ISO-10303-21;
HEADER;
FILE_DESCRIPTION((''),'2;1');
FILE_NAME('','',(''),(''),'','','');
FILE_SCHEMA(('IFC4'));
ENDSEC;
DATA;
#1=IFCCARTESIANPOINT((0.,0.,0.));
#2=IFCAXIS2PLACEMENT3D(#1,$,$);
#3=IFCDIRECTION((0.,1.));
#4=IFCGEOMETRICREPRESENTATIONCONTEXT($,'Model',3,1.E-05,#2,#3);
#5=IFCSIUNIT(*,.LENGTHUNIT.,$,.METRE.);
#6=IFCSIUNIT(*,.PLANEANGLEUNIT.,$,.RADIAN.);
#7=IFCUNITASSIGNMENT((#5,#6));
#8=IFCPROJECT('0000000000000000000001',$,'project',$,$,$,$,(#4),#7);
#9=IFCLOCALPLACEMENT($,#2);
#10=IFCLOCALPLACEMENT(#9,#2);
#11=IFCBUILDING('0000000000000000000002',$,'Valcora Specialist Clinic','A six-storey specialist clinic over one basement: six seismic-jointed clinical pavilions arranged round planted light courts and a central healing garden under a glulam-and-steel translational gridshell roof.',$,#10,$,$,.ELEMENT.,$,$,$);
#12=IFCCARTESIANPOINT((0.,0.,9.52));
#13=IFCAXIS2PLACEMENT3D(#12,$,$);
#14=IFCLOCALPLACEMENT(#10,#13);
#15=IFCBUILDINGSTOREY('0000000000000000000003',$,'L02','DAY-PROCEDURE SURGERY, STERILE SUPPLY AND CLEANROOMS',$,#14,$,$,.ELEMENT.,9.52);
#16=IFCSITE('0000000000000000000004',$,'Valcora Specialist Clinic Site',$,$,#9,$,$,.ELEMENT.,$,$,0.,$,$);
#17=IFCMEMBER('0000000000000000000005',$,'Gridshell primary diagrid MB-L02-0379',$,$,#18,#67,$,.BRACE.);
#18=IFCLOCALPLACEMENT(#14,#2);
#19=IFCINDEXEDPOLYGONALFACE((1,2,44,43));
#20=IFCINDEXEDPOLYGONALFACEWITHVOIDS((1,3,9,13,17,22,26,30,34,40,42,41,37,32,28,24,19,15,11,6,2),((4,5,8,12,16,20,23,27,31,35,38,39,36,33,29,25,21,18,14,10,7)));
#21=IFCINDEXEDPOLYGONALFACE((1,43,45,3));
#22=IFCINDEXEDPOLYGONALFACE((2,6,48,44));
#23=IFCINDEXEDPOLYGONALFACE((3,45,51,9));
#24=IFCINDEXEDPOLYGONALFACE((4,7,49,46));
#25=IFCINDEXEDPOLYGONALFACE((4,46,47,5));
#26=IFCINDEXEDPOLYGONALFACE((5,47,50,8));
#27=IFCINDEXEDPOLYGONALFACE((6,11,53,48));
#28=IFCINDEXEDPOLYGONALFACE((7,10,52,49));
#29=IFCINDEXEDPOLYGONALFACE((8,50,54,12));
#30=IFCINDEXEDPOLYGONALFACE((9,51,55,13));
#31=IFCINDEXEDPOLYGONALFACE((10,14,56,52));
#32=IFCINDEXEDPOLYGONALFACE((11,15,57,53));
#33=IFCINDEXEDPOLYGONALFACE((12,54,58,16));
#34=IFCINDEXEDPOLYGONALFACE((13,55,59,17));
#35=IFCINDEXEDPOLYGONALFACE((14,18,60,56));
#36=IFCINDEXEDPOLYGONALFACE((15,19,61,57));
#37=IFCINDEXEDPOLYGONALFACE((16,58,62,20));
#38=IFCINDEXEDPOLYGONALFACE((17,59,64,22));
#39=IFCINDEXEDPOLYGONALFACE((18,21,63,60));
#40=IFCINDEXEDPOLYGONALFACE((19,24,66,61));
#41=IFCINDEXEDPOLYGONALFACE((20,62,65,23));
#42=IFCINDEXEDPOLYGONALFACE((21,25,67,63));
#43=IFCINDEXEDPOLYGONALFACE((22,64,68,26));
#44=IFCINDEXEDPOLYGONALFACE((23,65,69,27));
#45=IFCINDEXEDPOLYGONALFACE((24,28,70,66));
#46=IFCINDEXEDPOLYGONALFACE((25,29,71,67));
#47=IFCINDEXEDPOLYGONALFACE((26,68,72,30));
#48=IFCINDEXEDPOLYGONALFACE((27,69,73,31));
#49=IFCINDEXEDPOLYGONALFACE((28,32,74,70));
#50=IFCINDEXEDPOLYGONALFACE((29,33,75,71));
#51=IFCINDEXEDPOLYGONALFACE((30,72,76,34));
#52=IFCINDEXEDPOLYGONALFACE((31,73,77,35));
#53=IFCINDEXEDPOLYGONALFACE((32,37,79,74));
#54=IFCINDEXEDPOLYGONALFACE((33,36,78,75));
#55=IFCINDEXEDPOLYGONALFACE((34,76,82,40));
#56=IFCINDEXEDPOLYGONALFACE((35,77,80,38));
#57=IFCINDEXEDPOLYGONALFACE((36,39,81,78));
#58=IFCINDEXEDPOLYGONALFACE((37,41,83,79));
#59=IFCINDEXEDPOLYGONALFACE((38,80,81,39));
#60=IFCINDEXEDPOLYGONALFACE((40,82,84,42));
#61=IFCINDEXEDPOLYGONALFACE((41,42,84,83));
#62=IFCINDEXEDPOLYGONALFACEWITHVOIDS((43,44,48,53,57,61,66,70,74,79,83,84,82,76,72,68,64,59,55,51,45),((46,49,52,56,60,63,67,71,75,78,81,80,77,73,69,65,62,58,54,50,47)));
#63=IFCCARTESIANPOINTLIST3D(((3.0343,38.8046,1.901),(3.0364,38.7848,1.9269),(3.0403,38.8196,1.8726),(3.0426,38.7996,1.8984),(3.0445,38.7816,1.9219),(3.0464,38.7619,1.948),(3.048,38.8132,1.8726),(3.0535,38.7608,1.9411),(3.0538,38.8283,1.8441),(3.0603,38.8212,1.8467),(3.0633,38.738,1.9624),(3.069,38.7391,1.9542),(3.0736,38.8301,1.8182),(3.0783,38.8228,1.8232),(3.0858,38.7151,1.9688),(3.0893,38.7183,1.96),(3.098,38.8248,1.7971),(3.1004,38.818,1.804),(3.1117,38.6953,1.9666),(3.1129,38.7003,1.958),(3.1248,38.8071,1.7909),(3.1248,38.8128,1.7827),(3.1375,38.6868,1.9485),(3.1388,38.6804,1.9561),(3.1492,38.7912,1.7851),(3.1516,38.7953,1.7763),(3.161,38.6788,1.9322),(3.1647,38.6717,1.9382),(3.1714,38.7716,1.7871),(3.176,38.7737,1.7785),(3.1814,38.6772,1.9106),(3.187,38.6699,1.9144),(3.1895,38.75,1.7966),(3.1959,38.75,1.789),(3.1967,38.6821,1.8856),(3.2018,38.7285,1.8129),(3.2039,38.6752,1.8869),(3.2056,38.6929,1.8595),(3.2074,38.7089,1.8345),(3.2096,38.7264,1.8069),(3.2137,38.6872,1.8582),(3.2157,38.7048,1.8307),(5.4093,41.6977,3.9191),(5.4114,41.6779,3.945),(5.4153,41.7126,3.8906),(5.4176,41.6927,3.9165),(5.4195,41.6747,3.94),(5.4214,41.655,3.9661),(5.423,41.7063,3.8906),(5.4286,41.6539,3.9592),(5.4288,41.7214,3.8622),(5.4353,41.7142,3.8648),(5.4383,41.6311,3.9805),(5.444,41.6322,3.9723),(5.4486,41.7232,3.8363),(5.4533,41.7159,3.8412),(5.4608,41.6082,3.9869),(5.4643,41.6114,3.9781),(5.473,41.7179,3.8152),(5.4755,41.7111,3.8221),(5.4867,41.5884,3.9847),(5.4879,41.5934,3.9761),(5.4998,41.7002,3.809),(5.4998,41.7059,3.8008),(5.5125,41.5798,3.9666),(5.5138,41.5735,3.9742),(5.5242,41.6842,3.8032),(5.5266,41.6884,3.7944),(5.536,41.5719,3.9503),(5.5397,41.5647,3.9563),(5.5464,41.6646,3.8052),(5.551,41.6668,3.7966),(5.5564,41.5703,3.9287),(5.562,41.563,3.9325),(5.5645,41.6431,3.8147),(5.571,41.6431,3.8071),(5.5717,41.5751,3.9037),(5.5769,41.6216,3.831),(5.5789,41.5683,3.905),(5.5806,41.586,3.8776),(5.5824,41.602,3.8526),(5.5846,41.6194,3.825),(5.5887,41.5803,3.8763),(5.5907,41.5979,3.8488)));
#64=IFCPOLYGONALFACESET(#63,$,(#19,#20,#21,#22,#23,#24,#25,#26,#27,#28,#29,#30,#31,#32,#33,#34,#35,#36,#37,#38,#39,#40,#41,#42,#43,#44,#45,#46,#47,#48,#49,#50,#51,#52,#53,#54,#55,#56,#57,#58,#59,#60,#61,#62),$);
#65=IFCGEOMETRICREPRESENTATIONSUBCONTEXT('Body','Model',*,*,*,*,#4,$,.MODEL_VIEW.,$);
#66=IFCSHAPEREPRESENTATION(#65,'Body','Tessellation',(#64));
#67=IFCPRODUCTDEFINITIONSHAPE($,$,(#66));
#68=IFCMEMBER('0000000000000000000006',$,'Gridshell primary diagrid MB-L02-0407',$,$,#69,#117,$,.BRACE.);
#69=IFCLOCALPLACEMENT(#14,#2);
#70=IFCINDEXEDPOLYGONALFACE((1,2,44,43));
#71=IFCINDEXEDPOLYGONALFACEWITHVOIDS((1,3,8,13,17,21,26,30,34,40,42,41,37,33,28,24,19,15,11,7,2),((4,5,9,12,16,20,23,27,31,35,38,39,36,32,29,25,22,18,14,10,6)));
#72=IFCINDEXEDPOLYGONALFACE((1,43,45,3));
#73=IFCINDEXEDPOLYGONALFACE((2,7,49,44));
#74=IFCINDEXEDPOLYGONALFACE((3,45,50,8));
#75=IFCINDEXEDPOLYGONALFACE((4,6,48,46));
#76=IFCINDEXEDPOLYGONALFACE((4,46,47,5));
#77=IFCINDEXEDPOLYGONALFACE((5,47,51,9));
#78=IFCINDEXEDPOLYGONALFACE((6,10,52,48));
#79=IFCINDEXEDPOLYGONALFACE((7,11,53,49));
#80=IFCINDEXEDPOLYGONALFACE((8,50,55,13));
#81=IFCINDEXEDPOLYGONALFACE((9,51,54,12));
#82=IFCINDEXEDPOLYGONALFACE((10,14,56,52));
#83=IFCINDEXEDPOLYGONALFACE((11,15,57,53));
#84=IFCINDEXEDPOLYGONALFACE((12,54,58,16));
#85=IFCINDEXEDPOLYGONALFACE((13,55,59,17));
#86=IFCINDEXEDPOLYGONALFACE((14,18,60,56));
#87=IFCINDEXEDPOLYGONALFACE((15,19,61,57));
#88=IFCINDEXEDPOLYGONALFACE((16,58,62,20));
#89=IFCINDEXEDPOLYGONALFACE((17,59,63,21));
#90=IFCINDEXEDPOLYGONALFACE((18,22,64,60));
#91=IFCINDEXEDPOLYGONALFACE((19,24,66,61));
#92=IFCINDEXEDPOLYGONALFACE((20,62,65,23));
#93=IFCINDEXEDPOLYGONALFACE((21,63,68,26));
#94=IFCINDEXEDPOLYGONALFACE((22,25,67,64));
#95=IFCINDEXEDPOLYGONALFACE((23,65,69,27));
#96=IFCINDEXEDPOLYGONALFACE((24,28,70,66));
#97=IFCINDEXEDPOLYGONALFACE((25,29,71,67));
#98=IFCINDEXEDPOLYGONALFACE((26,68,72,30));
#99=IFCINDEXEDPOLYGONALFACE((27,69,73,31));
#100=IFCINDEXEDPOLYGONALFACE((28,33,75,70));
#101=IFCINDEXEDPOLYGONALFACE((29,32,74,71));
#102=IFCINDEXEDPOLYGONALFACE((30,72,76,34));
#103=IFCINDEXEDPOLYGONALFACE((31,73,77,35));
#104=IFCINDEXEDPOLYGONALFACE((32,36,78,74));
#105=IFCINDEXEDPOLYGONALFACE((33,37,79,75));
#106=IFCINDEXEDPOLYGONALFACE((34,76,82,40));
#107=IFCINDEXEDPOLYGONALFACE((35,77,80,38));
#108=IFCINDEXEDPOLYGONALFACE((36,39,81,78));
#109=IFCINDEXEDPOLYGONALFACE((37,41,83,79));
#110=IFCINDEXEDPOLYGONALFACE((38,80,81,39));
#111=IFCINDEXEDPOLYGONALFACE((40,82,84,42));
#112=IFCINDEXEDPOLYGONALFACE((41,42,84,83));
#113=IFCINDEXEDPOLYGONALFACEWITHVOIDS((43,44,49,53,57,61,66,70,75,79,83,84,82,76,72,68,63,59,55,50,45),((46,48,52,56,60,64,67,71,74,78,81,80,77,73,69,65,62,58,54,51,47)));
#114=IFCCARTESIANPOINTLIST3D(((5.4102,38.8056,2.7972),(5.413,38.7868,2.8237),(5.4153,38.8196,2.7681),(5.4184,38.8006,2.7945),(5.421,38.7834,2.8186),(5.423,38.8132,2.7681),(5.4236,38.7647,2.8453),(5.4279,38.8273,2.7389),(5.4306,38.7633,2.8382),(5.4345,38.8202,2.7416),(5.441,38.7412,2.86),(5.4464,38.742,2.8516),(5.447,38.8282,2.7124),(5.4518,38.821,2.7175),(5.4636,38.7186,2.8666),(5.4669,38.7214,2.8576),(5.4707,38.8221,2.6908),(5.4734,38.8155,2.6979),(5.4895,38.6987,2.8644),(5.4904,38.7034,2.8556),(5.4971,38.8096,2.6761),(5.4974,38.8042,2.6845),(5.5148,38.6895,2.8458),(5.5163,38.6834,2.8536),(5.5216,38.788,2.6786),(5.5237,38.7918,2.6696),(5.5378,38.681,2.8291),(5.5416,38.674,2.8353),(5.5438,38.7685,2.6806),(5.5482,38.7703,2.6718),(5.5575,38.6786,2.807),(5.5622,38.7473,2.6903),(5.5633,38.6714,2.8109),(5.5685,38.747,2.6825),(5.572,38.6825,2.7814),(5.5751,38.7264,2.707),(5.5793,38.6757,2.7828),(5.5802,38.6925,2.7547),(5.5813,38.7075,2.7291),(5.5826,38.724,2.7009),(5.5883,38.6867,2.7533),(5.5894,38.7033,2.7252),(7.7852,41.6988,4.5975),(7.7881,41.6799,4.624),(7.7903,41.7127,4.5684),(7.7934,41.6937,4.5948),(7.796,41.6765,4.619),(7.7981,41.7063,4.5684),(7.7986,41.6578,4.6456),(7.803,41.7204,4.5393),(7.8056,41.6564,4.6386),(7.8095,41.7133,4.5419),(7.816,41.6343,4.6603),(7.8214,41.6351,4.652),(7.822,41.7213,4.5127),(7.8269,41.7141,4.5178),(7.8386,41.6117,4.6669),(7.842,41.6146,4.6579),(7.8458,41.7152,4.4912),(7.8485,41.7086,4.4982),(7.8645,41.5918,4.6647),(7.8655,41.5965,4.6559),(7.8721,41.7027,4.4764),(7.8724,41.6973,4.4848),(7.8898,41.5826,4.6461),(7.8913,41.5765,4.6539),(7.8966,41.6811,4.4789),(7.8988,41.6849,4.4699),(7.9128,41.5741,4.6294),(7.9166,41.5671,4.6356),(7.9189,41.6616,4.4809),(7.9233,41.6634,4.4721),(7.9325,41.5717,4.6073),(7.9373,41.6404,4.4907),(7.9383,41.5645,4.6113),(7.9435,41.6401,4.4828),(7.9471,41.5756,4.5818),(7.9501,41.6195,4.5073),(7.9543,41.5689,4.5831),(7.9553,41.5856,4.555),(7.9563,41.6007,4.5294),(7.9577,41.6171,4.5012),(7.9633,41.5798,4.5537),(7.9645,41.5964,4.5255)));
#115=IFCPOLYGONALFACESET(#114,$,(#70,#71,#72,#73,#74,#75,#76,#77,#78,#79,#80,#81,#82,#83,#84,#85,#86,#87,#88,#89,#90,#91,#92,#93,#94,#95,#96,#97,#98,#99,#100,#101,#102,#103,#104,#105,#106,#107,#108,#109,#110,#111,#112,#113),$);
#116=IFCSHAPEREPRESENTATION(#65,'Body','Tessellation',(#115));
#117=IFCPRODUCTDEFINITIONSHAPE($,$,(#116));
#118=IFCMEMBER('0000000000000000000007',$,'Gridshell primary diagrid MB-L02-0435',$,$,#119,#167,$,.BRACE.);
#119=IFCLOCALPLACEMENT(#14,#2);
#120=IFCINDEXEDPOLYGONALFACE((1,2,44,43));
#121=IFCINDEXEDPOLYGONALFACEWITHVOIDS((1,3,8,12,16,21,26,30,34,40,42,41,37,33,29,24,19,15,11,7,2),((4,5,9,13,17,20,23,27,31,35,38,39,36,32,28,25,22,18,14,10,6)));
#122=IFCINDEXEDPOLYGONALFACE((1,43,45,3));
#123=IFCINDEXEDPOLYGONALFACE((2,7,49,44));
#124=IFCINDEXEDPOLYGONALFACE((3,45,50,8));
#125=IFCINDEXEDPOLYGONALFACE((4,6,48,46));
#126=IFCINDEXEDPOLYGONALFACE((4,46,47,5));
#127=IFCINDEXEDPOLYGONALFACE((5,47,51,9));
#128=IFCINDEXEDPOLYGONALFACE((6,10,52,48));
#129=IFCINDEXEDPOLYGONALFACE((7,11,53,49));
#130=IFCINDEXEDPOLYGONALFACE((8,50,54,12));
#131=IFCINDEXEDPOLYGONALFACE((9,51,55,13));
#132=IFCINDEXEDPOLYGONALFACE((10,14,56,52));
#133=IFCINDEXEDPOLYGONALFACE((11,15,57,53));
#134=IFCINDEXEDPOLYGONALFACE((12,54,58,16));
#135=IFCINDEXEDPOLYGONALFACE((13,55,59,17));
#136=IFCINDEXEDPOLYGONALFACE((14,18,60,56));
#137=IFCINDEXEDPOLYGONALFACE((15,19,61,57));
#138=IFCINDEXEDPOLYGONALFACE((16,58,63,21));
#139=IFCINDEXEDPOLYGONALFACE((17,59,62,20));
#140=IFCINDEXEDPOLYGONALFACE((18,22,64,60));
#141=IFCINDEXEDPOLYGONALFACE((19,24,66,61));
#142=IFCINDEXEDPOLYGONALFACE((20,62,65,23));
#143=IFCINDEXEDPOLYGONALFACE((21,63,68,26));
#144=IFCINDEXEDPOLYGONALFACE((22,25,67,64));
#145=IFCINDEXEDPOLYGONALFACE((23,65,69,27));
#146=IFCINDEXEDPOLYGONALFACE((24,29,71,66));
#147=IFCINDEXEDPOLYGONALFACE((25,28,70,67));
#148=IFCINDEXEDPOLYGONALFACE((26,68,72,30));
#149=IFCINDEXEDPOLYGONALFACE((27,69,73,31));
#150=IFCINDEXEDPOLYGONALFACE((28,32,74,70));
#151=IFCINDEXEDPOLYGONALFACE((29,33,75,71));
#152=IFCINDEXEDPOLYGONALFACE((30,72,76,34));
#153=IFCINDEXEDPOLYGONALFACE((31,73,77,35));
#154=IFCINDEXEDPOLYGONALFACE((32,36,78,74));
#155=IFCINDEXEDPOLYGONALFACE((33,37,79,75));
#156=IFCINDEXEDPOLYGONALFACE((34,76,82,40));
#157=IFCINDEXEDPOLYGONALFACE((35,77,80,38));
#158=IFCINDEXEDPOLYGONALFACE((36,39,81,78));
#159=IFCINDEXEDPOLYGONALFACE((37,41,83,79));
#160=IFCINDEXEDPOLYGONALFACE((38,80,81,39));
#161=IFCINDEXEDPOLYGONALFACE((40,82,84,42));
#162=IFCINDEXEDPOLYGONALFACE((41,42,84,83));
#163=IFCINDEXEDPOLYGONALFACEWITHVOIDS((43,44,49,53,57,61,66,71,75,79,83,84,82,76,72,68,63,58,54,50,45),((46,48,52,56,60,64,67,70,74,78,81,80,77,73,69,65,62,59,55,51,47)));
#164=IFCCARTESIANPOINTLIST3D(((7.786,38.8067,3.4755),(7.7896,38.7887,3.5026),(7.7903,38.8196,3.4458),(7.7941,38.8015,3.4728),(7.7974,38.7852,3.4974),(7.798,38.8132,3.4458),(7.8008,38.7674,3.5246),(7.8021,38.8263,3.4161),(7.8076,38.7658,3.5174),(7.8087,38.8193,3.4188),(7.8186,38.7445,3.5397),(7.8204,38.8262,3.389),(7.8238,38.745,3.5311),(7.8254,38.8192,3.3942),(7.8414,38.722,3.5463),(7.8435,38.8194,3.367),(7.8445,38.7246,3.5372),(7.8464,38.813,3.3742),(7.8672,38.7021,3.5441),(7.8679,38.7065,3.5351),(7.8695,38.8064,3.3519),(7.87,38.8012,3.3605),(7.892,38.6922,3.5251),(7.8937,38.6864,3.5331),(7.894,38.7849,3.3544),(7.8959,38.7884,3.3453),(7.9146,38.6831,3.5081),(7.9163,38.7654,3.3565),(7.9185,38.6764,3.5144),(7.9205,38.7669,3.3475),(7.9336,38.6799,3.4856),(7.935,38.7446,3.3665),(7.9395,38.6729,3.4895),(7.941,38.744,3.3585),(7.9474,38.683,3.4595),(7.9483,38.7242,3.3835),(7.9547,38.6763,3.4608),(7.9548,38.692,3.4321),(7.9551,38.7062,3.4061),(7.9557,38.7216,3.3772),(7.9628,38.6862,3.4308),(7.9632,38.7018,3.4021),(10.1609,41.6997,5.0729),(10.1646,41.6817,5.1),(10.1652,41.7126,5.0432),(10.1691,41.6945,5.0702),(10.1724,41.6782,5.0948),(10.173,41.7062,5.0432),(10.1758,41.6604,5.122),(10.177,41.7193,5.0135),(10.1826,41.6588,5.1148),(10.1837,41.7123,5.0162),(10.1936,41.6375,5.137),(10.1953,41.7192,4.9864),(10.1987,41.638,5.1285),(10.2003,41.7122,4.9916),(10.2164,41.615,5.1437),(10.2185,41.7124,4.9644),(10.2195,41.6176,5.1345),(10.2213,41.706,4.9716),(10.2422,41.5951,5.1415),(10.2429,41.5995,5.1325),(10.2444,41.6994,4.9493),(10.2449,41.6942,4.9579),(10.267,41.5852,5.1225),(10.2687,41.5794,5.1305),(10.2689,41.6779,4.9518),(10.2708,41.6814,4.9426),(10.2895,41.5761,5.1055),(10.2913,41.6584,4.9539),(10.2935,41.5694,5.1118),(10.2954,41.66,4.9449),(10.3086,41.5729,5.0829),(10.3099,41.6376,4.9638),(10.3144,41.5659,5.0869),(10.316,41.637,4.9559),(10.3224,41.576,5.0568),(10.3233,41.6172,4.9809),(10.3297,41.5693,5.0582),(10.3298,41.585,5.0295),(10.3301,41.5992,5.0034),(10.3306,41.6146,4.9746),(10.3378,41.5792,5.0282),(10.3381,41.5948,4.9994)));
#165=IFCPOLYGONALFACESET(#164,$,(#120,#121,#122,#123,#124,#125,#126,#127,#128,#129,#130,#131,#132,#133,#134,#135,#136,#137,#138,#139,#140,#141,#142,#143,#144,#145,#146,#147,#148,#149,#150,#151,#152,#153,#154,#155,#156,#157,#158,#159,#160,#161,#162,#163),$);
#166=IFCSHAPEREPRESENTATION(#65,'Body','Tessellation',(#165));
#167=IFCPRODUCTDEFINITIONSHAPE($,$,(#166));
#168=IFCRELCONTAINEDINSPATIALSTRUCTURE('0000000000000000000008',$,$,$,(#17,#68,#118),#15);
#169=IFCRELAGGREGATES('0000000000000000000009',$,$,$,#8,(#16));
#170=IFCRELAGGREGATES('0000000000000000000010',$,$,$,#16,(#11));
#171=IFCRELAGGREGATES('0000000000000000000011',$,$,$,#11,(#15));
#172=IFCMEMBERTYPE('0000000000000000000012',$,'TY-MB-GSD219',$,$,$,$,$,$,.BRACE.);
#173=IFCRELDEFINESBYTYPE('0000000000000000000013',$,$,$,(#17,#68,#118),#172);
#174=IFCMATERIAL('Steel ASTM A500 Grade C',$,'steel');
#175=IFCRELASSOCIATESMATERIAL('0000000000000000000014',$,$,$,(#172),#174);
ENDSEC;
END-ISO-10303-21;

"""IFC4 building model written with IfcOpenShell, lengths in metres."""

from ifc_helpers import new_model, si_unit, direction, frame, origin, origin_2d, place, context, subcontext, project, spatial, hollow_circle, extrude, material, material_profile, profile_set, type_object, element, save


model = new_model("IFC4")

# Units and contexts
model_context = context("Model", 3, precision=1e-05, world=origin(), true_north=direction((0.0, 1.0)))
body_context = subcontext(model_context, "Body", "Model", "MODEL_VIEW")
ifc_project = project(units=[si_unit("LENGTHUNIT", "METRE"), si_unit("PLANEANGLEUNIT", "RADIAN")], contexts=[model_context])

# Site, building, storey
site_placement = place(None, origin())
site = spatial("IfcSite", under=ifc_project, at=site_placement, Name="Valcora Specialist Clinic Site", CompositionType="ELEMENT", RefElevation=0.0)
building_placement = place(site_placement, origin())
building = spatial("IfcBuilding", under=site, at=building_placement, Name="Valcora Specialist Clinic", Description="A six-storey specialist clinic over one basement: six seismic-jointed clinical pavilions arranged round planted light courts and a central healing garden under a glulam-and-steel translational gridshell roof.", CompositionType="ELEMENT")
storey_placement = place(building_placement, frame((0.0, 0.0, 9.52)))
storey = spatial("IfcBuildingStorey", under=building, at=storey_placement, Name="L02", Description="DAY-PROCEDURE SURGERY, STERILE SUPPLY AND CLEANROOMS", CompositionType="ELEMENT", Elevation=9.52)

# Members
ifc_material_1 = material(Name="Steel ASTM A500 Grade C", Category="steel")
ifc_material_profile_1 = material_profile(ifc_material_1, hollow_circle(Radius=0.1096, WallThickness=0.01, at=origin_2d()), Name="ST-CHS-219X10")
ifc_profile_set_1 = profile_set([ifc_material_profile_1], Name="Steel ASTM A500 Grade C")
member_type_1 = type_object("IfcMemberType", Name="TY-MB-GSD219", PredefinedType="BRACE", material=ifc_profile_set_1)
member_1_placement = place(storey_placement, frame((3.125, 38.75, 1.8726), z_axis=(0.558506, 0.680335, 0.474569), x_axis=(-0.772916, 0.634508, 0.0)))
element("IfcMember", 1, at=member_1_placement, inside=storey, type_object=member_type_1, Name="Gridshell primary diagrid MB-L02-0379", PredefinedType="BRACE", context=body_context, shape_type="SweptSolid", body=[
    extrude(hollow_circle(Radius=0.1096, WallThickness=0.01, at=origin_2d()), origin(), (0.0, 0.0, 1.0), 4.2524),
])
member_2_placement = place(storey_placement, frame((5.5, 38.75, 2.7681), z_axis=(0.571808, 0.696538, 0.433441), x_axis=(-0.772916, 0.634508, 0.0)))
element("IfcMember", 2, at=member_2_placement, inside=storey, type_object=member_type_1, Name="Gridshell primary diagrid MB-L02-0407", PredefinedType="BRACE", context=body_context, shape_type="SweptSolid", body=[
    extrude(hollow_circle(Radius=0.1096, WallThickness=0.01, at=origin_2d()), origin(), (0.0, 0.0, 1.0), 4.1536),
])
member_3_placement = place(storey_placement, frame((7.875, 38.75, 3.4458), z_axis=(0.583586, 0.710885, 0.392517), x_axis=(-0.772916, 0.634508, 0.0)))
element("IfcMember", 3, at=member_3_placement, inside=storey, type_object=member_type_1, Name="Gridshell primary diagrid MB-L02-0435", PredefinedType="BRACE", context=body_context, shape_type="SweptSolid", body=[
    extrude(hollow_circle(Radius=0.1096, WallThickness=0.01, at=origin_2d()), origin(), (0.0, 0.0, 1.0), 4.0696),
])

save(model, "model.ifc")
